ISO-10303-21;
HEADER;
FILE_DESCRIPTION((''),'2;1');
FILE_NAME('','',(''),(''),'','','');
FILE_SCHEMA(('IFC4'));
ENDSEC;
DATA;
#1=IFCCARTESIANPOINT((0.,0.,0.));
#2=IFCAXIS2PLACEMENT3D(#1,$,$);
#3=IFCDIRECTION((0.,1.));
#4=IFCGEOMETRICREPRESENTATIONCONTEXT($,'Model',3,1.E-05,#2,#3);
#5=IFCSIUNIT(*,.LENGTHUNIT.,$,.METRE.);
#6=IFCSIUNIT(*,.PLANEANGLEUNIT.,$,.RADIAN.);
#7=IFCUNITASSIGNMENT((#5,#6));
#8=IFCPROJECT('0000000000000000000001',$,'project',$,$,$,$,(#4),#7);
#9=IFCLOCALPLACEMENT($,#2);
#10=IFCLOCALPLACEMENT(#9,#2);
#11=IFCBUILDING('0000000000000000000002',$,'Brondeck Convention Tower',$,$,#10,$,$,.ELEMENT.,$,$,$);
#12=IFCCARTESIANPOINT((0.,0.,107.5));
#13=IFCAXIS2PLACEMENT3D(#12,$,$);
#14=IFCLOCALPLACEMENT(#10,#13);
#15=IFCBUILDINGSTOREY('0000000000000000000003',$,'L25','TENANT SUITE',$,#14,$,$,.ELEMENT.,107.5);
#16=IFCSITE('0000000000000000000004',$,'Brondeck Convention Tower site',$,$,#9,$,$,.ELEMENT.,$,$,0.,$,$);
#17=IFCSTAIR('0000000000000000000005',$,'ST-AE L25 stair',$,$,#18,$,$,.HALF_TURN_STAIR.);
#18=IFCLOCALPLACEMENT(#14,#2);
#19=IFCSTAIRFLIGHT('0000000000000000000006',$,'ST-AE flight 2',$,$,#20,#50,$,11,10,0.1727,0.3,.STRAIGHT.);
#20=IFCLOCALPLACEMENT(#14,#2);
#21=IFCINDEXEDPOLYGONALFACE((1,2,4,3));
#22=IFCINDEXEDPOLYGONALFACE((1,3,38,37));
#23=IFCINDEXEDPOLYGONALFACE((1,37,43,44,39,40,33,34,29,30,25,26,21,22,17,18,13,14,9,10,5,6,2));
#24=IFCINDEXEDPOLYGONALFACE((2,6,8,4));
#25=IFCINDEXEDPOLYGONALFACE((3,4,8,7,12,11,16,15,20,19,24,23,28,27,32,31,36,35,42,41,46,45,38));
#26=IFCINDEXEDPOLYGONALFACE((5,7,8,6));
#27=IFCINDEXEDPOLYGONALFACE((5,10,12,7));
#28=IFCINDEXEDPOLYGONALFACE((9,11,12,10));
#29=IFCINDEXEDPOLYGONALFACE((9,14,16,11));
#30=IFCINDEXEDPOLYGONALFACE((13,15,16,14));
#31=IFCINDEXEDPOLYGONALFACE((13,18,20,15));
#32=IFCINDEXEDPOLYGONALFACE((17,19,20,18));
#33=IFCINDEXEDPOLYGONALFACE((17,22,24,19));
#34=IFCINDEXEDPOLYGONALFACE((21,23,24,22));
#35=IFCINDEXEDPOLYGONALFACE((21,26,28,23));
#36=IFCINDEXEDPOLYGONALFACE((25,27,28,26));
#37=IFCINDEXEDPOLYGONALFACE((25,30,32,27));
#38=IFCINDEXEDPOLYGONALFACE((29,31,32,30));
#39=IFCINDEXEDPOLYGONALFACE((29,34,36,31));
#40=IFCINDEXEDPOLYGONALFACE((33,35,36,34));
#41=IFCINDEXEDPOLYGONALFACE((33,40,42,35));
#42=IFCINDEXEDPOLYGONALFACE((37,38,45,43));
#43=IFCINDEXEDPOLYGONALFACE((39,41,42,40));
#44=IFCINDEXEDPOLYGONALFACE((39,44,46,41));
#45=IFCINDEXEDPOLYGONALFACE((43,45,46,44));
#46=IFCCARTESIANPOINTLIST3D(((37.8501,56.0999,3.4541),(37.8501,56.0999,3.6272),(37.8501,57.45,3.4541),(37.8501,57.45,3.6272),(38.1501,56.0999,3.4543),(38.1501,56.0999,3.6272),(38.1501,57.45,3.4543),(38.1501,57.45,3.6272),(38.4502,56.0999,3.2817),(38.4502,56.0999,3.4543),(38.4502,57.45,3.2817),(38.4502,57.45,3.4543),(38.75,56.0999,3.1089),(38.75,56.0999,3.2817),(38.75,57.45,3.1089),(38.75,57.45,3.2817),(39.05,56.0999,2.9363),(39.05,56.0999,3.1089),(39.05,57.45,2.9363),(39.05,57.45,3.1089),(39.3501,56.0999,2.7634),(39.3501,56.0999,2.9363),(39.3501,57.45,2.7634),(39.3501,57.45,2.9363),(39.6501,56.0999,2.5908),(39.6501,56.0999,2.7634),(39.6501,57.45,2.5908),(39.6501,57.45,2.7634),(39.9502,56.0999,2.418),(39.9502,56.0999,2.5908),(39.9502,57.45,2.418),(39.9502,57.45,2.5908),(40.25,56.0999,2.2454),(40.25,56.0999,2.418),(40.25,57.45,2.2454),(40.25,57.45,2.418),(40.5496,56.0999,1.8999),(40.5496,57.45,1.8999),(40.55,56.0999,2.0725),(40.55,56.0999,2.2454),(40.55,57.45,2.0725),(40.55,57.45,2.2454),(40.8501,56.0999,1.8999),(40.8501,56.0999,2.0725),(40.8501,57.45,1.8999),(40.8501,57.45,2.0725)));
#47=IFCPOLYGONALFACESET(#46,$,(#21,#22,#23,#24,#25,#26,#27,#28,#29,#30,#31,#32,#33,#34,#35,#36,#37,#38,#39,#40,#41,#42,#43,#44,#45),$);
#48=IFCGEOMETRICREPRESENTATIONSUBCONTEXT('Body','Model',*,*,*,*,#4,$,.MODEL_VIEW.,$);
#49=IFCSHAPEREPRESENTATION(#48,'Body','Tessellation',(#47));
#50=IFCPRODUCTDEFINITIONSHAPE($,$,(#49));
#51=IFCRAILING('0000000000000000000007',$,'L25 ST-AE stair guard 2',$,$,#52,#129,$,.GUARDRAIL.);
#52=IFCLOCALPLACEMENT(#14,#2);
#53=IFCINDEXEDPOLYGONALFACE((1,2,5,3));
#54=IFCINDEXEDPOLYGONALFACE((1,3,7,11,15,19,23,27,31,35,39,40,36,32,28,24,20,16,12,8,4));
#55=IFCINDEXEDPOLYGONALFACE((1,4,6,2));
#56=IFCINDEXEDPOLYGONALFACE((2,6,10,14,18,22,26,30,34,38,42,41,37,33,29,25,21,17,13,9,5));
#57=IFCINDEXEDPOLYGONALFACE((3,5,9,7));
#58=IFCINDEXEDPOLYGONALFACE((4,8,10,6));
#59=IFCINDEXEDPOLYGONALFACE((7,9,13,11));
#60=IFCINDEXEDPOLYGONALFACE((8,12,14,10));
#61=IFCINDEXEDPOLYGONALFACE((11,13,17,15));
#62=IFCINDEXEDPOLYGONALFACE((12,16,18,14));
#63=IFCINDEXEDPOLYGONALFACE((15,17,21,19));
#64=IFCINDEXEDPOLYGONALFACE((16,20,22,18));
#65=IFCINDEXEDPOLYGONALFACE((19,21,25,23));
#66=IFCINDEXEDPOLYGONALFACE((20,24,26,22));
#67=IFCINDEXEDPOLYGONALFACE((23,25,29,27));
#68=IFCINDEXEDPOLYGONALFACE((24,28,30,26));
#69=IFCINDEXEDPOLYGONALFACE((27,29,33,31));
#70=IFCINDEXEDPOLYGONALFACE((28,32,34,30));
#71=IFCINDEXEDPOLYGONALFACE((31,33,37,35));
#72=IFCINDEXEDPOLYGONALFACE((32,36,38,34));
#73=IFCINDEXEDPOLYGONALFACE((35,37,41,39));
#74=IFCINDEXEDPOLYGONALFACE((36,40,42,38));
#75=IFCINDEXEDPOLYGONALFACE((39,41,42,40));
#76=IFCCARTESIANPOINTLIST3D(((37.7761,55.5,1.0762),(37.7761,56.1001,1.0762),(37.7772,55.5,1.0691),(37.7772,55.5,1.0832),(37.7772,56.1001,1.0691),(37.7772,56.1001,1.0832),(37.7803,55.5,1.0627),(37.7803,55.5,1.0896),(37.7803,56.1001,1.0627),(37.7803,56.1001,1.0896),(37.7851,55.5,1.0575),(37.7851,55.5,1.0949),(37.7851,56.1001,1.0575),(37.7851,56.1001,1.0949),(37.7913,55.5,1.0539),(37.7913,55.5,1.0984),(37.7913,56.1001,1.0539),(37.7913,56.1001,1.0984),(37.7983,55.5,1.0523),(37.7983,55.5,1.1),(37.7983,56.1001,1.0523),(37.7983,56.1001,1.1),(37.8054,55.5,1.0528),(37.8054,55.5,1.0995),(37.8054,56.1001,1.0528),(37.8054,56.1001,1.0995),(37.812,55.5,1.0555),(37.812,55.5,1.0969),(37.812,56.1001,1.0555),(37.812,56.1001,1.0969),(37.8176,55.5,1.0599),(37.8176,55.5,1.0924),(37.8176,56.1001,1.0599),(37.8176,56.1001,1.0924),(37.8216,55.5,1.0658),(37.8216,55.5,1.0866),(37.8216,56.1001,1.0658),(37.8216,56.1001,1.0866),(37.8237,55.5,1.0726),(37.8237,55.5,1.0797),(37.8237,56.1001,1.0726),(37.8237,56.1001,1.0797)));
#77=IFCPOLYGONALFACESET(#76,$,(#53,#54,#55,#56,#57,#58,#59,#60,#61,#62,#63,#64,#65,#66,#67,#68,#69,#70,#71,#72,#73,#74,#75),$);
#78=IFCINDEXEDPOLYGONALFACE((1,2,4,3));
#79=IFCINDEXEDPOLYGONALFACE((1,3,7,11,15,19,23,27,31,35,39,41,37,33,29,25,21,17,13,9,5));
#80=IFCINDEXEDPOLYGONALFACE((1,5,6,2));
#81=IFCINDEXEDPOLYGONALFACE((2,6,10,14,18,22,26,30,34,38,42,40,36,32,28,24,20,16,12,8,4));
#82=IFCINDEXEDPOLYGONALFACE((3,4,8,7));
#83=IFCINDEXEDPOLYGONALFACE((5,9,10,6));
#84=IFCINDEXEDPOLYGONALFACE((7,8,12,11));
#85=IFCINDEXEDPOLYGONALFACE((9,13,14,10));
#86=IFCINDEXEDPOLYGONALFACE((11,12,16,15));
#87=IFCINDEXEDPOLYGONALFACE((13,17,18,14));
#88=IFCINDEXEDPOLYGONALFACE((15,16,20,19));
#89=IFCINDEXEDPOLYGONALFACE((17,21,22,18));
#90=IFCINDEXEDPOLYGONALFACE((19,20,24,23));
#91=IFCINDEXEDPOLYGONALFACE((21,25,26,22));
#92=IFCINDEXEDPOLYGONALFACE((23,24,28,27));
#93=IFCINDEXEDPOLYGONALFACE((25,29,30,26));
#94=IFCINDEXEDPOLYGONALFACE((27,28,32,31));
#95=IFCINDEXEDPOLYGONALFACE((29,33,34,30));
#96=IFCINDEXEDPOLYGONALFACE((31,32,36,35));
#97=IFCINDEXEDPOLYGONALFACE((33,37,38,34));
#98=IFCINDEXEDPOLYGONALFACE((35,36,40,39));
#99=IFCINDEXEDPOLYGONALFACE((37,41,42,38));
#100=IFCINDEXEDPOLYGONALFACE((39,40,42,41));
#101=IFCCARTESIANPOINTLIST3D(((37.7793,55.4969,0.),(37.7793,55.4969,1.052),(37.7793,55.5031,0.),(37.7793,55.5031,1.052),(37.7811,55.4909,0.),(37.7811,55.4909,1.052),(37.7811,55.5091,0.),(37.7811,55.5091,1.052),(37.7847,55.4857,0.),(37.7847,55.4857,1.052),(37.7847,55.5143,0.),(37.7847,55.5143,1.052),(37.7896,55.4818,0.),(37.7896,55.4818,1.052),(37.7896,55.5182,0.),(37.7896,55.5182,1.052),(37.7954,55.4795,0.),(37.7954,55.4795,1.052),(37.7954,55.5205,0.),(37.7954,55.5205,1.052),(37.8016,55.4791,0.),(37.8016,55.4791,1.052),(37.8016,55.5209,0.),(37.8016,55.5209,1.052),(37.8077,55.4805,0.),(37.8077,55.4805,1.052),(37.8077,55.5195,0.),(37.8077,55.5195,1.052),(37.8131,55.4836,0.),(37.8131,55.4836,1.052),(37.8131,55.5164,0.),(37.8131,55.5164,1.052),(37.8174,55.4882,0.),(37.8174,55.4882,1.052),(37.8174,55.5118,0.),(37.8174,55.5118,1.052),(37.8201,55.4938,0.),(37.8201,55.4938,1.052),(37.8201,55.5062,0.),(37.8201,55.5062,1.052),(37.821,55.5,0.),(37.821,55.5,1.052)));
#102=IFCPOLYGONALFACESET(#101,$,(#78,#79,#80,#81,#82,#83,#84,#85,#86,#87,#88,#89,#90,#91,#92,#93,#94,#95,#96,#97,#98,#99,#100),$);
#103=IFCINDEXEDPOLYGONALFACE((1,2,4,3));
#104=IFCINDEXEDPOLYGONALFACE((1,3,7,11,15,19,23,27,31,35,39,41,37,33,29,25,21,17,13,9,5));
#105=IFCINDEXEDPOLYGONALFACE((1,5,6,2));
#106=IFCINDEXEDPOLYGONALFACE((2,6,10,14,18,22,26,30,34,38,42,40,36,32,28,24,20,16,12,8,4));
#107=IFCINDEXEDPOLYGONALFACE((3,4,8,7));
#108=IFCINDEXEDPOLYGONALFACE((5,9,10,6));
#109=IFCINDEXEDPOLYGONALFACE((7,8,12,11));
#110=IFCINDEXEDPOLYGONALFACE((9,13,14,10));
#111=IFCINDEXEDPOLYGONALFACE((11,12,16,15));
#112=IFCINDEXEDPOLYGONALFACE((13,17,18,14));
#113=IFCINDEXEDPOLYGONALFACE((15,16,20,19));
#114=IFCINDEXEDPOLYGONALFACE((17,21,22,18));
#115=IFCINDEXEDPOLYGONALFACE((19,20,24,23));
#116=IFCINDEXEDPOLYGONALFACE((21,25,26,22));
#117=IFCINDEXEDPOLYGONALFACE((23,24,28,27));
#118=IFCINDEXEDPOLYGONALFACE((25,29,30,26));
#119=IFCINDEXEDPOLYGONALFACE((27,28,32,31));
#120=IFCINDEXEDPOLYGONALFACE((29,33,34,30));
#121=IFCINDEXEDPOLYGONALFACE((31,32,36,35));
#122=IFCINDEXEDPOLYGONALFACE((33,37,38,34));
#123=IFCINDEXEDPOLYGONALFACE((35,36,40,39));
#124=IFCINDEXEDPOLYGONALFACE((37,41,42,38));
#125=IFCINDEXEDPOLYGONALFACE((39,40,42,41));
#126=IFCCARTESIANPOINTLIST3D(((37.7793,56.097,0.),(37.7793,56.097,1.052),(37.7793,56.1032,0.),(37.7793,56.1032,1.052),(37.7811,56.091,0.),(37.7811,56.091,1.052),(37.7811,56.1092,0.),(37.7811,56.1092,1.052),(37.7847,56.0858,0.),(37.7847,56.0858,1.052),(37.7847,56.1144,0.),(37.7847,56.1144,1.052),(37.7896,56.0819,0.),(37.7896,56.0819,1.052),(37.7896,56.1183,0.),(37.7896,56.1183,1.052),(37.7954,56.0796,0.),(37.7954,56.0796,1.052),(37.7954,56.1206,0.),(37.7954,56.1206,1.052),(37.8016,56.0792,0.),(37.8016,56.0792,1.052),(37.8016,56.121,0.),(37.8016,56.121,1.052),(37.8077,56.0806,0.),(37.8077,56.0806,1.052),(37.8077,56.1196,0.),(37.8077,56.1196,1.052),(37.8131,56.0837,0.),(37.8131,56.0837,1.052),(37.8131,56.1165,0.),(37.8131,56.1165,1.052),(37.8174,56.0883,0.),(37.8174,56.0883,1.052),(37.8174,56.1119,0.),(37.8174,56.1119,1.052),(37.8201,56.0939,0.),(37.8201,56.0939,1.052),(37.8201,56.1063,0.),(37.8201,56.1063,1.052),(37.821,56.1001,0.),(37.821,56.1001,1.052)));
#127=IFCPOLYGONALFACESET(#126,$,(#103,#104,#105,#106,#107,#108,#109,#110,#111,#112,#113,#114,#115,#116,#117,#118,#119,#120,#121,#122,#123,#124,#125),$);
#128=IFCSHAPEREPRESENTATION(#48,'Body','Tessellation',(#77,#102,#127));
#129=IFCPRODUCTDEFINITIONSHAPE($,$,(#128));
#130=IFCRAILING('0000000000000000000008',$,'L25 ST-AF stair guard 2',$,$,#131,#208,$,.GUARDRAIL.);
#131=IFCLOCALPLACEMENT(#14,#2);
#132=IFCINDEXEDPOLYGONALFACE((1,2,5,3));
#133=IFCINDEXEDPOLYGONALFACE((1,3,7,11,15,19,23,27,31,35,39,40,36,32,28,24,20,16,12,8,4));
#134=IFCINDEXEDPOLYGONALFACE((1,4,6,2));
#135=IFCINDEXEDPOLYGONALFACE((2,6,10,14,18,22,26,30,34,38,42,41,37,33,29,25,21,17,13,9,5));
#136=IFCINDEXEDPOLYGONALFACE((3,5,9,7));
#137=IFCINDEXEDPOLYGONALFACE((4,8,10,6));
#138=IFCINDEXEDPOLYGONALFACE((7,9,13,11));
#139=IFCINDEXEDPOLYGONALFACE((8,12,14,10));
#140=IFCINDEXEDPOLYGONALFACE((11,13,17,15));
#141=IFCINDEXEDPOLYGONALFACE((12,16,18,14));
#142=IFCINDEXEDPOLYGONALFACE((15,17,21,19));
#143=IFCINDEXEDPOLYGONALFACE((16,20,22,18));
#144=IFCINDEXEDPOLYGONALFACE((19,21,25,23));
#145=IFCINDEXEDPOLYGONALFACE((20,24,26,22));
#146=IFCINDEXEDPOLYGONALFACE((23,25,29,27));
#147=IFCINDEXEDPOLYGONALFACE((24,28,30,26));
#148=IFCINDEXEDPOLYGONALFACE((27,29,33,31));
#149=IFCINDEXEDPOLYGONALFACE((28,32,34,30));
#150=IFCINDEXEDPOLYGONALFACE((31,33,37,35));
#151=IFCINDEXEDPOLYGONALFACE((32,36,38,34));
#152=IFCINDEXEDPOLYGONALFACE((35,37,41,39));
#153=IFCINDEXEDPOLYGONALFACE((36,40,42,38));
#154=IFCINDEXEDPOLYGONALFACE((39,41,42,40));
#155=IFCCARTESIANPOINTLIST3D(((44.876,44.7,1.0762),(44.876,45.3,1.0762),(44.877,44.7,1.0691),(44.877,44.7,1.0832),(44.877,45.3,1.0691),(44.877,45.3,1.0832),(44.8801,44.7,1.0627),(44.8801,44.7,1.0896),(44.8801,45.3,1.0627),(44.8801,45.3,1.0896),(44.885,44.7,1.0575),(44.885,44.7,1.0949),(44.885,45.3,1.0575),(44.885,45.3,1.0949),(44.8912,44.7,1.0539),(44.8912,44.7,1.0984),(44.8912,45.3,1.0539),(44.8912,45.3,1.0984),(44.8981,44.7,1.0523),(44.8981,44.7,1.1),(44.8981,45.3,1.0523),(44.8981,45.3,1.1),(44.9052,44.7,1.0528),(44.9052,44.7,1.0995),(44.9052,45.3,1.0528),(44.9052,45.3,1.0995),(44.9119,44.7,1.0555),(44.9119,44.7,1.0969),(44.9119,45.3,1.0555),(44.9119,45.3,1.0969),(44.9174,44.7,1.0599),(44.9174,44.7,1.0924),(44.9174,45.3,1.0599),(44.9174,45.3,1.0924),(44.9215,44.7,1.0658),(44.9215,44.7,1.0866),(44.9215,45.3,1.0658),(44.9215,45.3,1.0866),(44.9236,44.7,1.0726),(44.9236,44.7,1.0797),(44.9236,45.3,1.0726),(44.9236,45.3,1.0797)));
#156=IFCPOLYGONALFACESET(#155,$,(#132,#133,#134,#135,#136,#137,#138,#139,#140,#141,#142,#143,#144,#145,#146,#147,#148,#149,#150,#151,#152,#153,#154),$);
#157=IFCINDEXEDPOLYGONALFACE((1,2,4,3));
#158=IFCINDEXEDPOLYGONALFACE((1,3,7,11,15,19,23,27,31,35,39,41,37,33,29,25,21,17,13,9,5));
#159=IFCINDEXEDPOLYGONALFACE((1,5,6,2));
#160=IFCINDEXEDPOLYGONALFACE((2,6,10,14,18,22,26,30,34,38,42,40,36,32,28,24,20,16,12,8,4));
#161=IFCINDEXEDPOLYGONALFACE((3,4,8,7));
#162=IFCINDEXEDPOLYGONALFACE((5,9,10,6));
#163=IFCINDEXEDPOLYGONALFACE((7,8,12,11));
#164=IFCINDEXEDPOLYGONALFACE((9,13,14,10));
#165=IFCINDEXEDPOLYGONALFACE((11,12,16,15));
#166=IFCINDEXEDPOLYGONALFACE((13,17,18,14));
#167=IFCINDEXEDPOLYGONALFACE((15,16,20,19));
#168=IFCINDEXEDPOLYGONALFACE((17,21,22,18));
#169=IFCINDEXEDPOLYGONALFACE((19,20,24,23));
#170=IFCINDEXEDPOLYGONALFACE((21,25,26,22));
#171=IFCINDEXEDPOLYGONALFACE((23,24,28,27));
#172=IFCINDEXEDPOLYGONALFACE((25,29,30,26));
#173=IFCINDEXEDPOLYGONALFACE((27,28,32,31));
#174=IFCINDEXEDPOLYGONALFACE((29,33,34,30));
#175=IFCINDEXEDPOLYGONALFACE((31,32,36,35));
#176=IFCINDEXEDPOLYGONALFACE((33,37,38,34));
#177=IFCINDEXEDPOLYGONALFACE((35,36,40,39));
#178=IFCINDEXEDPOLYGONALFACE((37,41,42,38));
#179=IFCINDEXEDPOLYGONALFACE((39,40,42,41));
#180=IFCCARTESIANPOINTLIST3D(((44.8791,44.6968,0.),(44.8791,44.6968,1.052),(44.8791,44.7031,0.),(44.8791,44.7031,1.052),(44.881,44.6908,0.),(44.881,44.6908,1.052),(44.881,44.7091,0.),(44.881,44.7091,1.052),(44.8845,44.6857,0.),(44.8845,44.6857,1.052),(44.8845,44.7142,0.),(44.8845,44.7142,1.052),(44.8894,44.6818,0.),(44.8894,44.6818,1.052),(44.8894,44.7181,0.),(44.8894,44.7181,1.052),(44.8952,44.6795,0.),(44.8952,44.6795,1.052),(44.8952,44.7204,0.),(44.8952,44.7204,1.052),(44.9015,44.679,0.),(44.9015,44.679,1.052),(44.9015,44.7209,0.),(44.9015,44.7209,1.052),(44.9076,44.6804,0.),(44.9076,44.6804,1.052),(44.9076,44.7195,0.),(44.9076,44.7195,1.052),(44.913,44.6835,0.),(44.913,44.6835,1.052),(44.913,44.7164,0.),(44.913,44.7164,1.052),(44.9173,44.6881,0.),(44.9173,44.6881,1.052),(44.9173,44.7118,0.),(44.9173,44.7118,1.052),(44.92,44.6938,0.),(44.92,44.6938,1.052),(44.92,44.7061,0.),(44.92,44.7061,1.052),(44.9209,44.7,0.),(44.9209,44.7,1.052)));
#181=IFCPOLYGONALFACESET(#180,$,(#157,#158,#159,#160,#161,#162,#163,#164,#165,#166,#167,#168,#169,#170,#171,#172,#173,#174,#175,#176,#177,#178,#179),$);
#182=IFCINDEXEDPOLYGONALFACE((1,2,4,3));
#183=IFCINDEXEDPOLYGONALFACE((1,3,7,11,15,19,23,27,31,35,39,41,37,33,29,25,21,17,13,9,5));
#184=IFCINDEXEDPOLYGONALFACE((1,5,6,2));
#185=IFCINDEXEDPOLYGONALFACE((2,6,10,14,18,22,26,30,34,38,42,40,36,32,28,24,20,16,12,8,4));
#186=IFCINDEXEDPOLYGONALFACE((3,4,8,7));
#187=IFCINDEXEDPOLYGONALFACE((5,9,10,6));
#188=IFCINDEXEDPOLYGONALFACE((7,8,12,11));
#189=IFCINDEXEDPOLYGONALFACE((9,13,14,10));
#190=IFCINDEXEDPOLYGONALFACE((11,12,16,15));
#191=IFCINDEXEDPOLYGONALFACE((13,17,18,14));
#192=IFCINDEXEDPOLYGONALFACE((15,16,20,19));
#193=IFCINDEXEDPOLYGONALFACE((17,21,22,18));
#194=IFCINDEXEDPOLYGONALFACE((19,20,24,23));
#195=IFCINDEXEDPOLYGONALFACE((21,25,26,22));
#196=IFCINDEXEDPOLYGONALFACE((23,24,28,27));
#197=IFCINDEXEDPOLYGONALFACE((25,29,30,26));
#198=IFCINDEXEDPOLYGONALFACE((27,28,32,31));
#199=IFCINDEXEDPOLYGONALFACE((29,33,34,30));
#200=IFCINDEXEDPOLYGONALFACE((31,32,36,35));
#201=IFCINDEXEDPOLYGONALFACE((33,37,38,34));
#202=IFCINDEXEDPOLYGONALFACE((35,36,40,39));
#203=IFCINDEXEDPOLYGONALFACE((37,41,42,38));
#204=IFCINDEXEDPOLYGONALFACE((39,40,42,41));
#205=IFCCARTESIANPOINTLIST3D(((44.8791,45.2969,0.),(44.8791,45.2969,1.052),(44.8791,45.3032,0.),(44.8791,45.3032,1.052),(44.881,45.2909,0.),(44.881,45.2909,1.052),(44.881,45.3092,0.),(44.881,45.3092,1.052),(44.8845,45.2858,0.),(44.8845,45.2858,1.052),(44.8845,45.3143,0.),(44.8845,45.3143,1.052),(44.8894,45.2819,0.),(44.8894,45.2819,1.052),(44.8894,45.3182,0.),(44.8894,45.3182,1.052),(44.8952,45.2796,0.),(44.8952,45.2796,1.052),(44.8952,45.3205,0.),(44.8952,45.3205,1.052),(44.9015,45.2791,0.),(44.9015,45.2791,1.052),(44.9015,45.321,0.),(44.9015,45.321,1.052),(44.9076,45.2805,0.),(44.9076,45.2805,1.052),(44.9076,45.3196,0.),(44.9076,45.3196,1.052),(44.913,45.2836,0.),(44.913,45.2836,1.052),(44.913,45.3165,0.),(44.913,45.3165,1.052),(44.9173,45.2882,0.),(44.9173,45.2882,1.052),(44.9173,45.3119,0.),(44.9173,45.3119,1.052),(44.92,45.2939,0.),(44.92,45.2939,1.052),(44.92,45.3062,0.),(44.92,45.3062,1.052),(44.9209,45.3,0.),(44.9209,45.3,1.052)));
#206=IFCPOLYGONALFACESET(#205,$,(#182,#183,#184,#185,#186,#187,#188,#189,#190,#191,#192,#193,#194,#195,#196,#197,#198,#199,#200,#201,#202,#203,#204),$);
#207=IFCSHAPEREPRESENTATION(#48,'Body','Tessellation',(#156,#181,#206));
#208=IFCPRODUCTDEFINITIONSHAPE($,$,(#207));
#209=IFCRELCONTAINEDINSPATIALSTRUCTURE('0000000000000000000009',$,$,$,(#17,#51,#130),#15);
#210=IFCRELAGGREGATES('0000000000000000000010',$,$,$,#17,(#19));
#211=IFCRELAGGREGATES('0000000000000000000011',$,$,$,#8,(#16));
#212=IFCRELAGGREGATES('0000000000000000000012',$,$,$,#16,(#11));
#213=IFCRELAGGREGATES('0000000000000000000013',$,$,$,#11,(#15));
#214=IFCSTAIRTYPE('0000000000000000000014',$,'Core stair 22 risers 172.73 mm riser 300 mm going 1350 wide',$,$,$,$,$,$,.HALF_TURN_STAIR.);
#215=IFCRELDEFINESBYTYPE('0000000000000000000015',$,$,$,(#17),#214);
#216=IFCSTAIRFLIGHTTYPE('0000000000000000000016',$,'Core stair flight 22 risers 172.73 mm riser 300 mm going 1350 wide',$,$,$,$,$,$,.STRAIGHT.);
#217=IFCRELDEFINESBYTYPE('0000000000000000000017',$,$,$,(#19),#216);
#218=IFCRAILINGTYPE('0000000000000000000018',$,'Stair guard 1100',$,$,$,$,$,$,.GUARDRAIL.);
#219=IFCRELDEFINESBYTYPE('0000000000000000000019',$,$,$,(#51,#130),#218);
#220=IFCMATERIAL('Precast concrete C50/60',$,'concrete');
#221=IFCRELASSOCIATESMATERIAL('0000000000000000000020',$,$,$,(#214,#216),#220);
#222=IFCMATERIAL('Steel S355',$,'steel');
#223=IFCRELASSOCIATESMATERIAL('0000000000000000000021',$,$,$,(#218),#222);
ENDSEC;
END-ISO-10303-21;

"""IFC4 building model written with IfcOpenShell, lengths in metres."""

from ifc_helpers import new_model, si_unit, direction, frame, origin, origin_2d, place, context, subcontext, project, spatial, polyline, circle, outline, extrude, material, type_object, element, aggregate, save


model = new_model("IFC4")

# Units and contexts
model_context = context("Model", 3, precision=1e-05, world=origin(), true_north=direction((0.0, 1.0)))
body_context = subcontext(model_context, "Body", "Model", "MODEL_VIEW")
ifc_project = project(units=[si_unit("LENGTHUNIT", "METRE"), si_unit("PLANEANGLEUNIT", "RADIAN")], contexts=[model_context])

# Site, building, storey
site_placement = place(None, origin())
site = spatial("IfcSite", under=ifc_project, at=site_placement, Name="Brondeck Convention Tower site", CompositionType="ELEMENT", RefElevation=0.0)
building_placement = place(site_placement, origin())
building = spatial("IfcBuilding", under=site, at=building_placement, Name="Brondeck Convention Tower", CompositionType="ELEMENT")
storey_placement = place(building_placement, frame((0.0, 0.0, 107.5)))
storey = spatial("IfcBuildingStorey", under=building, at=storey_placement, Name="L25", Description="TENANT SUITE", CompositionType="ELEMENT", Elevation=107.5)

# Shared definitions
ifc_material_1 = material(Name="Steel S355", Category="steel")

# Stair, stair flight
ifc_material_2 = material(Name="Precast concrete C50/60", Category="concrete")
stair_type = type_object("IfcStairType", Name="Core stair 22 risers 172.73 mm riser 300 mm going 1350 wide", PredefinedType="HALF_TURN_STAIR", material=ifc_material_2)
stair_placement = place(storey_placement, origin())
stair = element("IfcStair", 1, at=stair_placement, inside=storey, type_object=stair_type, Name="ST-AE L25 stair", PredefinedType="HALF_TURN_STAIR")
stair_flight_type = type_object("IfcStairFlightType", Name="Core stair flight 22 risers 172.73 mm riser 300 mm going 1350 wide", PredefinedType="STRAIGHT", material=ifc_material_2)
stair_flight_1_placement = place(storey_placement, frame((40.8501, 56.7749, 1.8999), z_axis=(0.0, 0.0, 1.0), x_axis=(-1.0, 0.0, 0.0)))
stair_flight_1 = element("IfcStairFlight", 2, at=stair_flight_1_placement, type_object=stair_flight_type, Name="ST-AE flight 2", NumberOfRisers=11, NumberOfTreads=10, PredefinedType="STRAIGHT", RiserHeight=0.1727, TreadLength=0.3, context=body_context, shape_type="SweptSolid", body=[
    extrude(outline(polyline([(0.0, 0.0), (0.0, 0.1726), (0.3, 0.1726), (0.3, 0.3455), (0.6001, 0.3455), (0.6001, 0.5181), (0.8999, 0.5181), (0.8999, 0.6909), (1.2, 0.6909), (1.2, 0.8635), (1.5, 0.8635), (1.5, 1.0364), (1.8, 1.0364), (1.8, 1.209), (2.1001, 1.209), (2.1001, 1.3818), (2.3999, 1.3818), (2.3999, 1.5544), (2.7, 1.5544), (2.7, 1.7273), (3.0, 1.7273), (3.0, 1.8999), (3.0, 1.5542), (0.3005, 0.0), (0.0, 0.0)])), frame((0.0, 0.675, 0.0), z_axis=(0.0, -1.0, 0.0), x_axis=(1.0, 0.0, 0.0)), (0.0, 0.0, 1.0), 1.3501),
])
aggregate(stair, [stair_flight_1])

# Railings
railing_type_1 = type_object("IfcRailingType", Name="Stair guard 1100", PredefinedType="GUARDRAIL", material=ifc_material_1)
railing_1_placement = place(storey_placement, frame((37.8, 55.5, 0.0)))
element("IfcRailing", 3, at=railing_1_placement, inside=storey, type_object=railing_type_1, Name="L25 ST-AE stair guard 2", PredefinedType="GUARDRAIL", context=body_context, shape_type="SweptSolid", body=[
    extrude(circle(Radius=0.0239, at=origin_2d()), frame((0.0, 0.0, 1.0762), z_axis=(0.0, 1.0, 0.0), x_axis=(-1.0, 0.0, 0.0)), (0.0, 0.0, 1.0), 0.6001),
    extrude(circle(Radius=0.021, at=origin_2d()), origin(), (0.0, 0.0, 1.0), 1.052),
    extrude(circle(Radius=0.021, at=origin_2d()), frame((0.0, 0.6001, 0.0)), (0.0, 0.0, 1.0), 1.052),
])
railing_2_placement = place(storey_placement, frame((44.8999, 44.7, 0.0)))
element("IfcRailing", 4, at=railing_2_placement, inside=storey, type_object=railing_type_1, Name="L25 ST-AF stair guard 2", PredefinedType="GUARDRAIL", context=body_context, shape_type="SweptSolid", body=[
    extrude(circle(Radius=0.0239, at=origin_2d()), frame((0.0, 0.0, 1.0762), z_axis=(0.0, 1.0, 0.0), x_axis=(-1.0, 0.0, 0.0)), (0.0, 0.0, 1.0), 0.6001),
    extrude(circle(Radius=0.021, at=origin_2d()), origin(), (0.0, 0.0, 1.0), 1.052),
    extrude(circle(Radius=0.021, at=origin_2d()), frame((0.0, 0.6001, 0.0)), (0.0, 0.0, 1.0), 1.052),
])

save(model, "model.ifc")
